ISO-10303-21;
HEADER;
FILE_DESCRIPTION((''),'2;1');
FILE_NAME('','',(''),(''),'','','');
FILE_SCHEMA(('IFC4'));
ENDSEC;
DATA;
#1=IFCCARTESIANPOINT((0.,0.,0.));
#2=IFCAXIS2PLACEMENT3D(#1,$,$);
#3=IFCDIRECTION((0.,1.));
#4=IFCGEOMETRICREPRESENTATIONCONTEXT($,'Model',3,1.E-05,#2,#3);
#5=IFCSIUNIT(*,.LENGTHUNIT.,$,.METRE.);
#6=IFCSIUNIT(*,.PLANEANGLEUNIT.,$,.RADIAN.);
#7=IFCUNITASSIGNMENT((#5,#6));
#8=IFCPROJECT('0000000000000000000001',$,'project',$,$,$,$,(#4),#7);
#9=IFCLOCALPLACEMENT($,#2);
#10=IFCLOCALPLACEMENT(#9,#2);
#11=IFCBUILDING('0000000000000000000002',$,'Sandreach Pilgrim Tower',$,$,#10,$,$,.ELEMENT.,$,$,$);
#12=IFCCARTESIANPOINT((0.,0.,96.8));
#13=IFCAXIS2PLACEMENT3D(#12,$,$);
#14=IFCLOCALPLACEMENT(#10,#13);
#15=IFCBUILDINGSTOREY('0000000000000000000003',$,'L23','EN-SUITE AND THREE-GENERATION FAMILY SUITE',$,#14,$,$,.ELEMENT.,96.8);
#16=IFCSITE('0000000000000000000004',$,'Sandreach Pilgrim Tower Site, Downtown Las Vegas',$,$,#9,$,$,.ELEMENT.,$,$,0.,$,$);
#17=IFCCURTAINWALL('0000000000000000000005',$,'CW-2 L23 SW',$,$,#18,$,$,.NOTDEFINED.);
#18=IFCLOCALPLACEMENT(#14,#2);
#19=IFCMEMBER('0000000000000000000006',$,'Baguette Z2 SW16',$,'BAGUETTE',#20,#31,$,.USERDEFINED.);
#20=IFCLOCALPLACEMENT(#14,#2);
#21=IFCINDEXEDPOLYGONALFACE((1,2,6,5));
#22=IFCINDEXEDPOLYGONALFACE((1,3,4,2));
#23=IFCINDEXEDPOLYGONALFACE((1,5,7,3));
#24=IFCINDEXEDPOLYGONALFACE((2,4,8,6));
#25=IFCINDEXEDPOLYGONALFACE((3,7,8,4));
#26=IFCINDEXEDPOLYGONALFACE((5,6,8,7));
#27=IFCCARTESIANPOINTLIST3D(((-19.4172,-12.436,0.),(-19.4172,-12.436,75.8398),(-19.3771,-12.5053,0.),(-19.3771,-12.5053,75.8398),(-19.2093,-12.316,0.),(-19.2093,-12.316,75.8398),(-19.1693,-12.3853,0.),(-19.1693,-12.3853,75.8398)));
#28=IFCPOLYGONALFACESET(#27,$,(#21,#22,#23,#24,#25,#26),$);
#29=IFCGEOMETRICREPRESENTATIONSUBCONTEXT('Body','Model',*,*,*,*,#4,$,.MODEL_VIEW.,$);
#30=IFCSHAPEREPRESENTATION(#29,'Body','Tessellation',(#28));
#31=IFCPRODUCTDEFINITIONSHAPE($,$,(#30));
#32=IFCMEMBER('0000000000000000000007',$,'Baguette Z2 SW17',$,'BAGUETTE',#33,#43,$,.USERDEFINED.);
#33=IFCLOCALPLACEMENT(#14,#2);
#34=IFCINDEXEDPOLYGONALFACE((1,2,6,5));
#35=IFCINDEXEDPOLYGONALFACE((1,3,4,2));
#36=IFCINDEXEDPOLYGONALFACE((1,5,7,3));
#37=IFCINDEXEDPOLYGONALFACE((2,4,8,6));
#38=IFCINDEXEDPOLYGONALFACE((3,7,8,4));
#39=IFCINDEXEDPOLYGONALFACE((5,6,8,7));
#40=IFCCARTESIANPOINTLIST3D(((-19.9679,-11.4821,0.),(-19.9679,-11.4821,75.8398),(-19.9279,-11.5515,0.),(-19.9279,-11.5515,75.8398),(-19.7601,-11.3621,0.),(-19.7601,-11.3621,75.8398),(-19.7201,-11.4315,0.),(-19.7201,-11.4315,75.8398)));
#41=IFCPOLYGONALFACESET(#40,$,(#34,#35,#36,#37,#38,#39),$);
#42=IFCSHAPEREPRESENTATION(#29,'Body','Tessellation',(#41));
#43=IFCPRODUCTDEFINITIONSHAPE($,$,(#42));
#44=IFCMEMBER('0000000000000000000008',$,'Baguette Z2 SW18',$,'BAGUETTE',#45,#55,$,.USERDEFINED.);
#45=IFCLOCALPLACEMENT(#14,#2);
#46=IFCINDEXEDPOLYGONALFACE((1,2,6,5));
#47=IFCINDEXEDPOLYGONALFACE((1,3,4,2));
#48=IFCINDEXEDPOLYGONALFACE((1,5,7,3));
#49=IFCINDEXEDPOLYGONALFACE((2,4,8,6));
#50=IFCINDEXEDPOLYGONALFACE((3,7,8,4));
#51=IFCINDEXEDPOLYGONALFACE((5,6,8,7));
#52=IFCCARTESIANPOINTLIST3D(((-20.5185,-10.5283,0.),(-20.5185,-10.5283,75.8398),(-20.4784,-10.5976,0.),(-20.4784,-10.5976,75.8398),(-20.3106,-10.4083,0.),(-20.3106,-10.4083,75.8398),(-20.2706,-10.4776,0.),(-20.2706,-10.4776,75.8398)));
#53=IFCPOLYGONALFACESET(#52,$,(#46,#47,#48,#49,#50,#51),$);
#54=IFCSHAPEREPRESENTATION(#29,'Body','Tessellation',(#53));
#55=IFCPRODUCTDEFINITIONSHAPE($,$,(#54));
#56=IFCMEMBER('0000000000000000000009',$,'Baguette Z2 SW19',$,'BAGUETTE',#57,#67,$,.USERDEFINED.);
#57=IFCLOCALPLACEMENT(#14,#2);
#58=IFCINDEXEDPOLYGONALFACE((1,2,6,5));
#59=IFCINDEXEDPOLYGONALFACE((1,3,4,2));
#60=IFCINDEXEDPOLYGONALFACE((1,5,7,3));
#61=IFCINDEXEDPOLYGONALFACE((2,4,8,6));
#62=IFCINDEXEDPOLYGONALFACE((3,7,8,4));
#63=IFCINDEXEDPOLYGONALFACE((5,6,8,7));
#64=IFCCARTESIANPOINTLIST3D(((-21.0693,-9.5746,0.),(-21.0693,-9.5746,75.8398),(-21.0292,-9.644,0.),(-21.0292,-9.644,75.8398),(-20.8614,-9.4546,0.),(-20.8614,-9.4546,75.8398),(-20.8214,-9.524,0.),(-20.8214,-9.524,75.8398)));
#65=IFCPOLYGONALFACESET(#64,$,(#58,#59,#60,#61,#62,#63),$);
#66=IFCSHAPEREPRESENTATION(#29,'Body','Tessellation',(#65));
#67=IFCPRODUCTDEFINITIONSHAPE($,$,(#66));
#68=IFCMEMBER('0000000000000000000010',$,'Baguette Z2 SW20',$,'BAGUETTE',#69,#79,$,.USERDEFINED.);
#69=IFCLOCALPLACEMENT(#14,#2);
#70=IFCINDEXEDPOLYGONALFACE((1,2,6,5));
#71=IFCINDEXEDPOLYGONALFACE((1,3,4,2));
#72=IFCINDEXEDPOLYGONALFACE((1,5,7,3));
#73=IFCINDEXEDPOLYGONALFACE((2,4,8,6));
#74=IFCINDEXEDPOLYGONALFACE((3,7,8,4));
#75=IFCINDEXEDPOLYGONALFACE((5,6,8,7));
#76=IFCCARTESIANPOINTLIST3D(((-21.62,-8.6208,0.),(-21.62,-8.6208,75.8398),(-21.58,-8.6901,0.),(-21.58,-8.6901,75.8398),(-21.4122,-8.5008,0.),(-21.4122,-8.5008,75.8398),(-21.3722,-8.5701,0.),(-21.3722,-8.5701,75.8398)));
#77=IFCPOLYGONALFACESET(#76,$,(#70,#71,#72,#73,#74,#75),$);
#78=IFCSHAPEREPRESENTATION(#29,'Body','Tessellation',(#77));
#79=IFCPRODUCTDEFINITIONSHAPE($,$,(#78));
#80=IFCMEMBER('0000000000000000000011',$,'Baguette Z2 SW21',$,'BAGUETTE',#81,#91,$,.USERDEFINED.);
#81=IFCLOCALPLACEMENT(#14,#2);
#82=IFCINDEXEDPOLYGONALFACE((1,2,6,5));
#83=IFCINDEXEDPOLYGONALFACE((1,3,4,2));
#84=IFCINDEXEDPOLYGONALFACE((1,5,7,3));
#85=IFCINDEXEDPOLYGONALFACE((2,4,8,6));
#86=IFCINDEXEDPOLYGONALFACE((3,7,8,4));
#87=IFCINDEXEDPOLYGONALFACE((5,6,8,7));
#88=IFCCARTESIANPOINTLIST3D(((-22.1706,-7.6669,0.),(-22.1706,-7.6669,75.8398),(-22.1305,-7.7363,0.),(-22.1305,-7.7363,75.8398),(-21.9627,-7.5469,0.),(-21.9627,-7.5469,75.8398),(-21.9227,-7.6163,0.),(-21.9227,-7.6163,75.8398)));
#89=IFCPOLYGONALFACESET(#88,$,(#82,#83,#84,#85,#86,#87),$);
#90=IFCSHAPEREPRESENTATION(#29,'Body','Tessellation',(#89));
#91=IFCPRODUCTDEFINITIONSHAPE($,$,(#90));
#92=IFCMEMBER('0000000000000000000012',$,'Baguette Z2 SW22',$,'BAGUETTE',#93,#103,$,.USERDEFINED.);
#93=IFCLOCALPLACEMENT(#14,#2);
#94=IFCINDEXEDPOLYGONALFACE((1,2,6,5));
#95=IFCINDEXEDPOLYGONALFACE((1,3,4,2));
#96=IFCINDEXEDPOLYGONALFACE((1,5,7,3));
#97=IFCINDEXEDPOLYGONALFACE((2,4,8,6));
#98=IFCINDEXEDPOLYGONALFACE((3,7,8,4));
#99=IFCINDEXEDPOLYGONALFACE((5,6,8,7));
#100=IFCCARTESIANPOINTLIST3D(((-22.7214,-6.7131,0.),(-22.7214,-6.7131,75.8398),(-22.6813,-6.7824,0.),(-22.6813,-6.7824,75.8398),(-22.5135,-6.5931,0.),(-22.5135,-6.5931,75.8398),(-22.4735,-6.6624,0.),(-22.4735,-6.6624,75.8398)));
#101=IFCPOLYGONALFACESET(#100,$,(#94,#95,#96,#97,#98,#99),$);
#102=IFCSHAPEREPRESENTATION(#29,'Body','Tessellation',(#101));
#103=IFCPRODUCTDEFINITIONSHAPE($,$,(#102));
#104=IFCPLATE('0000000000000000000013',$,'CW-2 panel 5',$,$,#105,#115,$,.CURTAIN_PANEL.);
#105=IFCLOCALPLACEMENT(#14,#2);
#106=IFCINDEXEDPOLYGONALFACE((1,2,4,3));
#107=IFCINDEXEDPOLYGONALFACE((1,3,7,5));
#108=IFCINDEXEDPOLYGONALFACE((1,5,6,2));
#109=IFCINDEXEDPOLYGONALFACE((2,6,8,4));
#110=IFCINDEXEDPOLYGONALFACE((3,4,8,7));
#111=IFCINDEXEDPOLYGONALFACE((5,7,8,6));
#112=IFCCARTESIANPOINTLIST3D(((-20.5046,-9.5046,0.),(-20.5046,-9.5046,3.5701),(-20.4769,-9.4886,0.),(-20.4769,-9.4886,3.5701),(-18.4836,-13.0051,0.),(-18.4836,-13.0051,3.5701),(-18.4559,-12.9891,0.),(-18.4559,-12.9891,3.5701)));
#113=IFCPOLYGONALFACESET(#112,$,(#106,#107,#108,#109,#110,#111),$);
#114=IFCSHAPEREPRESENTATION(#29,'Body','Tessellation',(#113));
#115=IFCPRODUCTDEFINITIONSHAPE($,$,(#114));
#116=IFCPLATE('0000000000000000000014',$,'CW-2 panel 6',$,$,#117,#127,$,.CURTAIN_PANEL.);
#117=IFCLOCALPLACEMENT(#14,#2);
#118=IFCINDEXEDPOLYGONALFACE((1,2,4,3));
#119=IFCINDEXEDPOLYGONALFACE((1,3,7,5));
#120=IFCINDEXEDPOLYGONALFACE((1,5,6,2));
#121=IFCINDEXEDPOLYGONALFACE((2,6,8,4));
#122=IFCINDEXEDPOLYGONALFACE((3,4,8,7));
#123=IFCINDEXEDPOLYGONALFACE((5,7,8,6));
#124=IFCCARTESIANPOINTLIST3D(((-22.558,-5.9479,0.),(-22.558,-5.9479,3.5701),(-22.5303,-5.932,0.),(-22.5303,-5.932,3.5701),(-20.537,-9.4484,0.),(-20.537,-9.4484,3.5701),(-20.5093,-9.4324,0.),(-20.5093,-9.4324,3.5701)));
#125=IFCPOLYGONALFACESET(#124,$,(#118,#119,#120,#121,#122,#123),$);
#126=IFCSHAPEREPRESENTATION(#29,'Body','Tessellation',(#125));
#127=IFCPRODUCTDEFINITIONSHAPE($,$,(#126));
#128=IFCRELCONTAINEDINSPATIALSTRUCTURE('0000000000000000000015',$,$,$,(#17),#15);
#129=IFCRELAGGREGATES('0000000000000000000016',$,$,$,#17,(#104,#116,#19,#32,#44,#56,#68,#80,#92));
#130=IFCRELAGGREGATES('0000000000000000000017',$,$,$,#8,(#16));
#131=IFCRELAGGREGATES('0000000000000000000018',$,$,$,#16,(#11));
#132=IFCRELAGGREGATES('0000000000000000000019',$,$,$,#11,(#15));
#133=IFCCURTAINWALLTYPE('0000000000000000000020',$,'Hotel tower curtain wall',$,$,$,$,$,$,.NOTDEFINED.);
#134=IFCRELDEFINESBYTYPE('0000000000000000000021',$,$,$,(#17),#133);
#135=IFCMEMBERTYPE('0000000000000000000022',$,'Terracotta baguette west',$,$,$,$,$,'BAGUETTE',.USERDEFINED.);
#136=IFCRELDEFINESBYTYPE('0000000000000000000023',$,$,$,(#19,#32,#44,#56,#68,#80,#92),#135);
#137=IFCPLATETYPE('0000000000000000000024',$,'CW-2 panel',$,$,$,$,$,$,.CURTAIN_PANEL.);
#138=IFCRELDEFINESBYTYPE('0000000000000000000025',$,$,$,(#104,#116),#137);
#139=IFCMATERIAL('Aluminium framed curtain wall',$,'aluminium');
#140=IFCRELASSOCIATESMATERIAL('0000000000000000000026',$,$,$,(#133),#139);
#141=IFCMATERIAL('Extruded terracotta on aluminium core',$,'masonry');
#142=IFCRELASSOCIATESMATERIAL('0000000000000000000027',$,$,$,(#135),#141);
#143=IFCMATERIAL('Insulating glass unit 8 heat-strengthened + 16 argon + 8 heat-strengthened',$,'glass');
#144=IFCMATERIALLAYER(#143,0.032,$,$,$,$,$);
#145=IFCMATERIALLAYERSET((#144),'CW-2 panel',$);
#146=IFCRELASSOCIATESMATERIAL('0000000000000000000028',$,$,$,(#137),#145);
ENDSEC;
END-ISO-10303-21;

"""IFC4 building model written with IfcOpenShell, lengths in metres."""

from ifc_helpers import new_model, si_unit, direction, frame, origin, origin_2d, place, context, subcontext, project, spatial, rectangle, extrude, material, layer, layer_set, material_profile, profile_set, type_object, element, aggregate, save


model = new_model("IFC4")

# Units and contexts
model_context = context("Model", 3, precision=1e-05, world=origin(), true_north=direction((0.0, 1.0)))
body_context = subcontext(model_context, "Body", "Model", "MODEL_VIEW")
ifc_project = project(units=[si_unit("LENGTHUNIT", "METRE"), si_unit("PLANEANGLEUNIT", "RADIAN")], contexts=[model_context])

# Site, building, storey
site_placement = place(None, origin())
site = spatial("IfcSite", under=ifc_project, at=site_placement, Name="Sandreach Pilgrim Tower Site, Downtown Las Vegas", CompositionType="ELEMENT", RefElevation=0.0)
building_placement = place(site_placement, origin())
building = spatial("IfcBuilding", under=site, at=building_placement, Name="Sandreach Pilgrim Tower", CompositionType="ELEMENT")
storey_placement = place(building_placement, frame((0.0, 0.0, 96.8)))
storey = spatial("IfcBuildingStorey", under=building, at=storey_placement, Name="L23", Description="EN-SUITE AND THREE-GENERATION FAMILY SUITE", CompositionType="ELEMENT", Elevation=96.8)

# Curtain wall
ifc_material_1 = material(Name="Aluminium framed curtain wall", Category="aluminium")
curtain_wall_type = type_object("IfcCurtainWallType", Name="Hotel tower curtain wall", PredefinedType="NOTDEFINED", material=ifc_material_1)
curtain_wall_placement = place(storey_placement, origin())
curtain_wall = element("IfcCurtainWall", 1, at=curtain_wall_placement, inside=storey, type_object=curtain_wall_type, Name="CW-2 L23 SW", PredefinedType="NOTDEFINED")

# Members
ifc_material_2 = material(Name="Extruded terracotta on aluminium core", Category="masonry")
ifc_material_profile_1 = material_profile(ifc_material_2, rectangle(XDim=0.0801, YDim=0.24, at=origin_2d()), Name="TBW 80X240")
ifc_profile_set_1 = profile_set([ifc_material_profile_1], Name="Extruded terracotta on aluminium core")
member_type_1 = type_object("IfcMemberType", Name="Terracotta baguette west", ElementType="BAGUETTE", PredefinedType="USERDEFINED", material=ifc_profile_set_1)
member_1_placement = place(storey_placement, frame((-19.2932, -12.4106, 0.0), z_axis=(0.0, 0.0, 1.0), x_axis=(-0.5, 0.866025, 0.0)))
member_1 = element("IfcMember", 2, at=member_1_placement, type_object=member_type_1, Name="Baguette Z2 SW16", ObjectType="BAGUETTE", PredefinedType="USERDEFINED", context=body_context, shape_type="SweptSolid", body=[
    extrude(rectangle(XDim=0.0801, YDim=0.24, at=origin_2d()), origin(), (0.0, 0.0, 1.0), 75.8398),
])
member_2_placement = place(storey_placement, frame((-19.844, -11.4568, 0.0), z_axis=(0.0, 0.0, 1.0), x_axis=(-0.5, 0.866025, 0.0)))
member_2 = element("IfcMember", 3, at=member_2_placement, type_object=member_type_1, Name="Baguette Z2 SW17", ObjectType="BAGUETTE", PredefinedType="USERDEFINED", context=body_context, shape_type="SweptSolid", body=[
    extrude(rectangle(XDim=0.0801, YDim=0.24, at=origin_2d()), origin(), (0.0, 0.0, 1.0), 75.8398),
])
member_3_placement = place(storey_placement, frame((-20.3945, -10.5029, 0.0), z_axis=(0.0, 0.0, 1.0), x_axis=(-0.5, 0.866025, 0.0)))
member_3 = element("IfcMember", 4, at=member_3_placement, type_object=member_type_1, Name="Baguette Z2 SW18", ObjectType="BAGUETTE", PredefinedType="USERDEFINED", context=body_context, shape_type="SweptSolid", body=[
    extrude(rectangle(XDim=0.0801, YDim=0.24, at=origin_2d()), origin(), (0.0, 0.0, 1.0), 75.8398),
])
member_4_placement = place(storey_placement, frame((-20.9453, -9.5493, 0.0), z_axis=(0.0, 0.0, 1.0), x_axis=(-0.5, 0.866025, 0.0)))
member_4 = element("IfcMember", 5, at=member_4_placement, type_object=member_type_1, Name="Baguette Z2 SW19", ObjectType="BAGUETTE", PredefinedType="USERDEFINED", context=body_context, shape_type="SweptSolid", body=[
    extrude(rectangle(XDim=0.0801, YDim=0.24, at=origin_2d()), origin(), (0.0, 0.0, 1.0), 75.8398),
])
member_5_placement = place(storey_placement, frame((-21.4961, -8.5955, 0.0), z_axis=(0.0, 0.0, 1.0), x_axis=(-0.5, 0.866025, 0.0)))
member_5 = element("IfcMember", 6, at=member_5_placement, type_object=member_type_1, Name="Baguette Z2 SW20", ObjectType="BAGUETTE", PredefinedType="USERDEFINED", context=body_context, shape_type="SweptSolid", body=[
    extrude(rectangle(XDim=0.0801, YDim=0.24, at=origin_2d()), origin(), (0.0, 0.0, 1.0), 75.8398),
])
member_6_placement = place(storey_placement, frame((-22.0466, -7.6416, 0.0), z_axis=(0.0, 0.0, 1.0), x_axis=(-0.5, 0.866025, 0.0)))
member_6 = element("IfcMember", 7, at=member_6_placement, type_object=member_type_1, Name="Baguette Z2 SW21", ObjectType="BAGUETTE", PredefinedType="USERDEFINED", context=body_context, shape_type="SweptSolid", body=[
    extrude(rectangle(XDim=0.0801, YDim=0.24, at=origin_2d()), origin(), (0.0, 0.0, 1.0), 75.8398),
])
member_7_placement = place(storey_placement, frame((-22.5974, -6.6877, 0.0), z_axis=(0.0, 0.0, 1.0), x_axis=(-0.5, 0.866025, 0.0)))
member_7 = element("IfcMember", 8, at=member_7_placement, type_object=member_type_1, Name="Baguette Z2 SW22", ObjectType="BAGUETTE", PredefinedType="USERDEFINED", context=body_context, shape_type="SweptSolid", body=[
    extrude(rectangle(XDim=0.0801, YDim=0.24, at=origin_2d()), origin(), (0.0, 0.0, 1.0), 75.8398),
])

# Plates
ifc_material_3 = material(Name="Insulating glass unit 8 heat-strengthened + 16 argon + 8 heat-strengthened", Category="glass")
ifc_layer = layer(ifc_material_3, 0.032)
ifc_layer_set = layer_set([ifc_layer], Name="CW-2 panel")
plate_type = type_object("IfcPlateType", Name="CW-2 panel", PredefinedType="CURTAIN_PANEL", material=ifc_layer_set)
plate_1_placement = place(storey_placement, frame((-19.4802, -11.2468, 0.0), z_axis=(0.0, 0.0, 1.0), x_axis=(-0.5, 0.866025, 0.0)))
plate_1 = element("IfcPlate", 9, at=plate_1_placement, type_object=plate_type, Name="CW-2 panel 5", PredefinedType="CURTAIN_PANEL", context=body_context, shape_type="SweptSolid", body=[
    extrude(rectangle(XDim=4.042, YDim=0.032, at=origin_2d()), origin(), (0.0, 0.0, 1.0), 3.5701),
])
plate_2_placement = place(storey_placement, frame((-21.5337, -7.6902, 0.0), z_axis=(0.0, 0.0, 1.0), x_axis=(-0.5, 0.866025, 0.0)))
plate_2 = element("IfcPlate", 10, at=plate_2_placement, type_object=plate_type, Name="CW-2 panel 6", PredefinedType="CURTAIN_PANEL", context=body_context, shape_type="SweptSolid", body=[
    extrude(rectangle(XDim=4.042, YDim=0.032, at=origin_2d()), origin(), (0.0, 0.0, 1.0), 3.5701),
])
aggregate(curtain_wall, [plate_1, plate_2, member_1, member_2, member_3, member_4, member_5, member_6, member_7])

save(model, "model.ifc")
